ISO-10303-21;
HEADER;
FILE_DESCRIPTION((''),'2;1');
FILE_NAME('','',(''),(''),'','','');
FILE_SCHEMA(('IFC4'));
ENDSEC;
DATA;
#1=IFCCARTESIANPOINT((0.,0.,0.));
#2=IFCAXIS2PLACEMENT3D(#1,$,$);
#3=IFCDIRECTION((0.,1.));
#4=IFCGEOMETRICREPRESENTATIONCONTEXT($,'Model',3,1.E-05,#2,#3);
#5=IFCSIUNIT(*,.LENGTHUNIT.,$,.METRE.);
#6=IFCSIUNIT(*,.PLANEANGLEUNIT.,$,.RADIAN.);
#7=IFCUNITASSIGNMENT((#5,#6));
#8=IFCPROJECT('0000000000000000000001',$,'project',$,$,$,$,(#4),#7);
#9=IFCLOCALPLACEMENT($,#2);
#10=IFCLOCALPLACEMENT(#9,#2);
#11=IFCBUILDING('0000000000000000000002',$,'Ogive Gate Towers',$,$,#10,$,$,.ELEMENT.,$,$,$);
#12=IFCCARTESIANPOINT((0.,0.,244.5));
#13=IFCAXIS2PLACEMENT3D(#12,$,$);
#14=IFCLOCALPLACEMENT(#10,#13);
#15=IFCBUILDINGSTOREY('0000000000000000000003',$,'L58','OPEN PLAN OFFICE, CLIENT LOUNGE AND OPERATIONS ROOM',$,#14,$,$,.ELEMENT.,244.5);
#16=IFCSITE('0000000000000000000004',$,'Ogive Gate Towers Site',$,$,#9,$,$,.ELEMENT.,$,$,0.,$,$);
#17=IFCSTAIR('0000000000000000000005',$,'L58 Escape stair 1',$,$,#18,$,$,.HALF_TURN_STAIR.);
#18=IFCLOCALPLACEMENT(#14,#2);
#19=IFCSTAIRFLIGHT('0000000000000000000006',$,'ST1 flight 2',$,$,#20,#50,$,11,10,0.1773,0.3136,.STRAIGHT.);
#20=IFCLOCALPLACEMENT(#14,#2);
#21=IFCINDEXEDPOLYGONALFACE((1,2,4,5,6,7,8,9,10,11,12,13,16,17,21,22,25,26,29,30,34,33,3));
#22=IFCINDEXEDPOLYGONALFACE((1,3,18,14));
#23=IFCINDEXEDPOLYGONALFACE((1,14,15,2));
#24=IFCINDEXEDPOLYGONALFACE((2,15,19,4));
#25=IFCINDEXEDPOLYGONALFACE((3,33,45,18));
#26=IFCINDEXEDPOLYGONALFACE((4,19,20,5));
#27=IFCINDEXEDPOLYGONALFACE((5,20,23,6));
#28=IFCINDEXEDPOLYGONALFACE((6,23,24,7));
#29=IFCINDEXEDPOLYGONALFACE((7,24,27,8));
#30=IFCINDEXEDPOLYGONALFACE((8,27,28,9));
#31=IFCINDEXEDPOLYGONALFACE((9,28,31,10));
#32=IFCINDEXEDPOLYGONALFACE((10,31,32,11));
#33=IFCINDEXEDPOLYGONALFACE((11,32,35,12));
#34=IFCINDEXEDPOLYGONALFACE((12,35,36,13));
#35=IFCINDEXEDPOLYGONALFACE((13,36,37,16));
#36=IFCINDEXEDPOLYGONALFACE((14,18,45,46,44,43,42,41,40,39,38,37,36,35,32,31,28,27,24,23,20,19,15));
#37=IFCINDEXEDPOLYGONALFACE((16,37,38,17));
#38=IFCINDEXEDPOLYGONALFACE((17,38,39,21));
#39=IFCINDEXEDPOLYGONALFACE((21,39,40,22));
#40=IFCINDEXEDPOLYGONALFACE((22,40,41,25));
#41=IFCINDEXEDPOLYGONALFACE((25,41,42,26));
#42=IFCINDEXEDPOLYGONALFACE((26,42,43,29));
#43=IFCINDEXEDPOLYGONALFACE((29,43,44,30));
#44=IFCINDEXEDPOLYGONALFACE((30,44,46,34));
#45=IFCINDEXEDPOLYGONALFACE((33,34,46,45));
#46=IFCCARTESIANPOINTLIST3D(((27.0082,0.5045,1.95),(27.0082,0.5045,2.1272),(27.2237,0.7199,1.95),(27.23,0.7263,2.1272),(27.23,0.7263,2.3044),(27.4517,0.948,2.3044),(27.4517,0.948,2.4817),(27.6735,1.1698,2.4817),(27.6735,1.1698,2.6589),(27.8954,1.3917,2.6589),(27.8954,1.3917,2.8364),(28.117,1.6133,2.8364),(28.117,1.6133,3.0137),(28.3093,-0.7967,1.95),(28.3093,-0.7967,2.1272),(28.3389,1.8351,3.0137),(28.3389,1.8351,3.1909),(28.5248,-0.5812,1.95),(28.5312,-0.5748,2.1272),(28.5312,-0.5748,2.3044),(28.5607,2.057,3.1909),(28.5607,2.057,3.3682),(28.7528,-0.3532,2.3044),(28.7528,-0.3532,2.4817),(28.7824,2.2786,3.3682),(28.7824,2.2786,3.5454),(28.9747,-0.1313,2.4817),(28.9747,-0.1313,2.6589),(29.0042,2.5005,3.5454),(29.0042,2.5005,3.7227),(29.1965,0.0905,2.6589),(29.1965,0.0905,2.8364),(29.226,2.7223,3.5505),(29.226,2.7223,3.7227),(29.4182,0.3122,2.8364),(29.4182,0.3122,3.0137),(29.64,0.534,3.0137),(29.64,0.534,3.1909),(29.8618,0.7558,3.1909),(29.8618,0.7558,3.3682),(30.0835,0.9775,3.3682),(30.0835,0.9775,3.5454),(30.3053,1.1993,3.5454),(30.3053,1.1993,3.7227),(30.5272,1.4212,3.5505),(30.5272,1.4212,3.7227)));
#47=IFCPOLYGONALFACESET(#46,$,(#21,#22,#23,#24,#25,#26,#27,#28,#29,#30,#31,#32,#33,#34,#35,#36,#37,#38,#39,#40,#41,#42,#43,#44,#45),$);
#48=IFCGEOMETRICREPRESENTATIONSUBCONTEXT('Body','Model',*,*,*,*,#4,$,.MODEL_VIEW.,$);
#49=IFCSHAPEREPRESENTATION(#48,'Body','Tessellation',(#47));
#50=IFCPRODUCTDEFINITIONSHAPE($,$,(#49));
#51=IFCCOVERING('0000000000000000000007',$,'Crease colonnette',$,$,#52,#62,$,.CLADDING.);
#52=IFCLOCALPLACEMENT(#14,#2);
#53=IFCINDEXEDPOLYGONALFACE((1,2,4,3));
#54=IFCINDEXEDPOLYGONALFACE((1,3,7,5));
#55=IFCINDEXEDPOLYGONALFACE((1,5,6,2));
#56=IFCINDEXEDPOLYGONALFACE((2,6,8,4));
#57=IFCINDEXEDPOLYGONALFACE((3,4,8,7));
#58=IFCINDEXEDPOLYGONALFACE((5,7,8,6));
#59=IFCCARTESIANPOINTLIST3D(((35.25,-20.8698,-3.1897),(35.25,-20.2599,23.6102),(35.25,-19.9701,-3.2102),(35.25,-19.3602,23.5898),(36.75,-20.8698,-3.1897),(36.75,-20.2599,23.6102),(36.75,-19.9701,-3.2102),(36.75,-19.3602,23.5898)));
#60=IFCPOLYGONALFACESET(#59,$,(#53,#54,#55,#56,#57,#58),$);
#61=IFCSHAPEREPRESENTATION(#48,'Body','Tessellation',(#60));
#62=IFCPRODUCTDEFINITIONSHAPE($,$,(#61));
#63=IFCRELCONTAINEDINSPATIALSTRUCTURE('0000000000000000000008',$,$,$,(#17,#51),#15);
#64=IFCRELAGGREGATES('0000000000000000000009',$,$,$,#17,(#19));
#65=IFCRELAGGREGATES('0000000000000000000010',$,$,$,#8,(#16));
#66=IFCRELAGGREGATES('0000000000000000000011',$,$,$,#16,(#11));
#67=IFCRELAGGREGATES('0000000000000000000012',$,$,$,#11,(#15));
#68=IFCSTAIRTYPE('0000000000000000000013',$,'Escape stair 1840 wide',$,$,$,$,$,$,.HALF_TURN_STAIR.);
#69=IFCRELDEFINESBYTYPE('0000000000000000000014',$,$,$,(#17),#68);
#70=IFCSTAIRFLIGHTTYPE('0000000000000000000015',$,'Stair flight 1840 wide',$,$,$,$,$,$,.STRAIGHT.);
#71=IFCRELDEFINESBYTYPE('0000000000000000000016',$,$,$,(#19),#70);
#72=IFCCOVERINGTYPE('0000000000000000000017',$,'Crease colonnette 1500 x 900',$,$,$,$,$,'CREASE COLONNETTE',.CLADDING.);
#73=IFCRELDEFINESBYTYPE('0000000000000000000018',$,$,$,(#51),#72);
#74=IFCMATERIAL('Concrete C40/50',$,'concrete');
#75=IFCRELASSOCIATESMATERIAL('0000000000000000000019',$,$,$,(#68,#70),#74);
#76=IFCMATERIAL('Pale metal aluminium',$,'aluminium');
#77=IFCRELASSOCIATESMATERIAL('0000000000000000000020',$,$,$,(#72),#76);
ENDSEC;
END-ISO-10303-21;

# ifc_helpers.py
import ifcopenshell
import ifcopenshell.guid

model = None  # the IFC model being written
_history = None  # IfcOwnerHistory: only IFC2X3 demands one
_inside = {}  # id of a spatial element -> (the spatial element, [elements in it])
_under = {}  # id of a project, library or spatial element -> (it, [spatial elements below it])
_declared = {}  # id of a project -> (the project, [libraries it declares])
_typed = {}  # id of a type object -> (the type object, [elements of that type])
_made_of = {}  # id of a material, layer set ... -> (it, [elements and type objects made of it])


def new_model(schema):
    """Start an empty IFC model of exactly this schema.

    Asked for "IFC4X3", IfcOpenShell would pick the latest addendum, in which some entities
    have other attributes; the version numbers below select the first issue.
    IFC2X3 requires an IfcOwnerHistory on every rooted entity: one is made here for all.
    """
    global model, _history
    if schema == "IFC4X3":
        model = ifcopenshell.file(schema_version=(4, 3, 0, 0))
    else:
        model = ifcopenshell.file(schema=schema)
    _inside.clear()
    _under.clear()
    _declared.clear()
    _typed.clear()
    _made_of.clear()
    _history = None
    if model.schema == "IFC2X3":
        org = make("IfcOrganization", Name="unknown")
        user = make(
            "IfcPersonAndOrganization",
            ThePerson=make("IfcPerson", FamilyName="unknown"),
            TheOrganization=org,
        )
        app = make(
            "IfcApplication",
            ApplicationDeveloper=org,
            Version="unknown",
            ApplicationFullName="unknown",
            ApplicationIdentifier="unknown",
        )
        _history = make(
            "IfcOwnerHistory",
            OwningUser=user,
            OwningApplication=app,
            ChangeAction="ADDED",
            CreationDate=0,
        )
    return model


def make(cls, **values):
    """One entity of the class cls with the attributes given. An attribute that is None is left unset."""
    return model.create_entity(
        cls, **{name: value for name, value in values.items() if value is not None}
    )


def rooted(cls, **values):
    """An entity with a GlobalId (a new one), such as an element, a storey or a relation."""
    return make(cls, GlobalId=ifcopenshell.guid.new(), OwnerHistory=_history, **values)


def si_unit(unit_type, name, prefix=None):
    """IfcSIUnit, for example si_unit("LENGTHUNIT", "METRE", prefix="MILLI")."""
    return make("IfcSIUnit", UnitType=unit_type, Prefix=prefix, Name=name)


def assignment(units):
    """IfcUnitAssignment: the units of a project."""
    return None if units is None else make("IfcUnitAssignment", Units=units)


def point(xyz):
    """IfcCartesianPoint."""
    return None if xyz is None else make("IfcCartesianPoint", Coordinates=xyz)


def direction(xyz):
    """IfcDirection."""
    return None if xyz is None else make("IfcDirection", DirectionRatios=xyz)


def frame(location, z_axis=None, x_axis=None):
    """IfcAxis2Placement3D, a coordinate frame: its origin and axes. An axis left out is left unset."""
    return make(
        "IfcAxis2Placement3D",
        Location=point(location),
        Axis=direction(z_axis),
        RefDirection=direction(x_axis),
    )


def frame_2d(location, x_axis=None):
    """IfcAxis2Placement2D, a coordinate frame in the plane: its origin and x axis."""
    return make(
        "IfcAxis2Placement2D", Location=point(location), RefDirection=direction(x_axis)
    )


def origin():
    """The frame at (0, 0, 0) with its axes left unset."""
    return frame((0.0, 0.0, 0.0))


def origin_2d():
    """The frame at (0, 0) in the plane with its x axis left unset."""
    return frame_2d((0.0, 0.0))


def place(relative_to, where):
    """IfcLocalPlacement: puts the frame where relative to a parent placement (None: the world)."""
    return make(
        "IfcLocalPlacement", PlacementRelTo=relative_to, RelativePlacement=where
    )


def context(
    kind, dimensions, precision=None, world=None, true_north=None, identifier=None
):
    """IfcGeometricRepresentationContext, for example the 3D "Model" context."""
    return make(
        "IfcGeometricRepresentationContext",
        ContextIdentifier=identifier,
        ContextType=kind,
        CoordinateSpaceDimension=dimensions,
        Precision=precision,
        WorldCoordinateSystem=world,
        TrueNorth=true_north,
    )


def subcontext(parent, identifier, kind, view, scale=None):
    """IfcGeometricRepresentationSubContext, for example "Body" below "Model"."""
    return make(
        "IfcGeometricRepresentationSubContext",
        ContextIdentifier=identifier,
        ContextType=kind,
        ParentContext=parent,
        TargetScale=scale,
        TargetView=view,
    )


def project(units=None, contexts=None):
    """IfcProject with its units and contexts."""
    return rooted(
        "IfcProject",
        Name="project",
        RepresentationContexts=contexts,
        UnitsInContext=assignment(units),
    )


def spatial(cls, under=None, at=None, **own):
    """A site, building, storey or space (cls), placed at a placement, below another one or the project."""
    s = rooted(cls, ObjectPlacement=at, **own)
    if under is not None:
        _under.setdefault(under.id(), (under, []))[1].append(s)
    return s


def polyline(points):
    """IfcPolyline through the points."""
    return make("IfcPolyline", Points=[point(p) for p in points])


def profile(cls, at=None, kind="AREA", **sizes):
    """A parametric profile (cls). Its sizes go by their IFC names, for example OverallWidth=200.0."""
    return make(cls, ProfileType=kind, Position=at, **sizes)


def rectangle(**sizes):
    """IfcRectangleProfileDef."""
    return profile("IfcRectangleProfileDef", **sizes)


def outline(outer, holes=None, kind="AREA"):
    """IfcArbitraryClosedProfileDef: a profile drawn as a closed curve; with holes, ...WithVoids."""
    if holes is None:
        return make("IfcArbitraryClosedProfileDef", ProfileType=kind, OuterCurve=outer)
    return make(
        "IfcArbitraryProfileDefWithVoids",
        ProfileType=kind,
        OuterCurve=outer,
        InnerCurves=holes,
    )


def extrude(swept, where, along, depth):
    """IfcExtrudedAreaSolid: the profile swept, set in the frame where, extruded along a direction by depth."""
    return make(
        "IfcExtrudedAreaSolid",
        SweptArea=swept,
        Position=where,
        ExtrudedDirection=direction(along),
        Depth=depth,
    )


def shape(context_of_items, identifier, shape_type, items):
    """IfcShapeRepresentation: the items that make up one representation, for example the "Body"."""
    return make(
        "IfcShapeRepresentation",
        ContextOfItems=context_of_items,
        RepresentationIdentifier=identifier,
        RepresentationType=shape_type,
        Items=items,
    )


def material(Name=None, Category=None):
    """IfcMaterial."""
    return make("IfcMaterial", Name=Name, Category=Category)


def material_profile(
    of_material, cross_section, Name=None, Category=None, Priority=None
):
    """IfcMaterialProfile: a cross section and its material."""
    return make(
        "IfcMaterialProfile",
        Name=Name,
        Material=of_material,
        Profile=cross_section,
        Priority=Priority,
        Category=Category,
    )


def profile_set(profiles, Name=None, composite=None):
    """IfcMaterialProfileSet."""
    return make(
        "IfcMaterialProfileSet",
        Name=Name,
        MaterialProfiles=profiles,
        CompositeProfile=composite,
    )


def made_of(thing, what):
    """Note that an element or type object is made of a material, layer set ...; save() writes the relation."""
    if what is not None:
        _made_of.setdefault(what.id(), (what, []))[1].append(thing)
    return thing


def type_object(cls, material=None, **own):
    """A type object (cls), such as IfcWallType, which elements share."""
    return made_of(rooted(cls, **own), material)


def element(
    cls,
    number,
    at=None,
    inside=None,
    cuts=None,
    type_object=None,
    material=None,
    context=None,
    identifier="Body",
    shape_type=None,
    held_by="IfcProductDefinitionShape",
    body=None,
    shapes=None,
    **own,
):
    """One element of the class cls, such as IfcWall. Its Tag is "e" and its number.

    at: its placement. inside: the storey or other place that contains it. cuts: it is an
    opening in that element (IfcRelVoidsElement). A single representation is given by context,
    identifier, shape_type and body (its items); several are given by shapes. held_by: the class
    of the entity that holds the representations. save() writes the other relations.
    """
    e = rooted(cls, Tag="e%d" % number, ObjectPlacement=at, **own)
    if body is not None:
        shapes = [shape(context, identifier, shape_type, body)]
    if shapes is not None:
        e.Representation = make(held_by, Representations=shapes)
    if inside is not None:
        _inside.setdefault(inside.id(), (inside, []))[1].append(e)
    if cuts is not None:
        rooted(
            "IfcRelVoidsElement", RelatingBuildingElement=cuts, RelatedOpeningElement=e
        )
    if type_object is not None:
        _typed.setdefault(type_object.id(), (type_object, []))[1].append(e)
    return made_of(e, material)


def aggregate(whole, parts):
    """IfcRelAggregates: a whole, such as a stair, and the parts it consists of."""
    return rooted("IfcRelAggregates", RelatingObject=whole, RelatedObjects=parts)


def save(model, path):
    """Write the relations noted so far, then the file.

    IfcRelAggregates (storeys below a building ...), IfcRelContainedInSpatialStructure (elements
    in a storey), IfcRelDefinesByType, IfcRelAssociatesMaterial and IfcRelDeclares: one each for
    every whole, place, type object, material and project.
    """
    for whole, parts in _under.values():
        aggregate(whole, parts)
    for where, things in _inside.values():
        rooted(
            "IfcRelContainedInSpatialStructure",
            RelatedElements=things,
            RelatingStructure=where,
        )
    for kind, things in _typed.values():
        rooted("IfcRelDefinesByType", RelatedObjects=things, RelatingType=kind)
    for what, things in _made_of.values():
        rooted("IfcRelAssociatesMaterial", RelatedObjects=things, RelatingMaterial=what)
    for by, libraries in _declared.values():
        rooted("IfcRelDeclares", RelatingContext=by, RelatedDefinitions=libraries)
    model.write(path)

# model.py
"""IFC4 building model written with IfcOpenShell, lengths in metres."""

from ifc_helpers import new_model, si_unit, direction, frame, origin, origin_2d, place, context, subcontext, project, spatial, polyline, rectangle, outline, extrude, material, material_profile, profile_set, type_object, element, aggregate, save


model = new_model("IFC4")

# Units and contexts
model_context = context("Model", 3, precision=1e-05, world=origin(), true_north=direction((0.0, 1.0)))
body_context = subcontext(model_context, "Body", "Model", "MODEL_VIEW")
ifc_project = project(units=[si_unit("LENGTHUNIT", "METRE"), si_unit("PLANEANGLEUNIT", "RADIAN")], contexts=[model_context])

# Site, building, storey
site_placement = place(None, origin())
site = spatial("IfcSite", under=ifc_project, at=site_placement, Name="Ogive Gate Towers Site", CompositionType="ELEMENT", RefElevation=0.0)
building_placement = place(site_placement, origin())
building = spatial("IfcBuilding", under=site, at=building_placement, Name="Ogive Gate Towers", CompositionType="ELEMENT")
storey_placement = place(building_placement, frame((0.0, 0.0, 244.5)))
storey = spatial("IfcBuildingStorey", under=building, at=storey_placement, Name="L58", Description="OPEN PLAN OFFICE, CLIENT LOUNGE AND OPERATIONS ROOM", CompositionType="ELEMENT", Elevation=244.5)

# Stair, stair flight
ifc_material_1 = material(Name="Concrete C40/50", Category="concrete")
stair_type = type_object("IfcStairType", Name="Escape stair 1840 wide", PredefinedType="HALF_TURN_STAIR", material=ifc_material_1)
stair_placement = place(storey_placement, origin())
stair = element("IfcStair", 1, at=stair_placement, inside=storey, type_object=stair_type, Name="L58 Escape stair 1", PredefinedType="HALF_TURN_STAIR")
stair_flight_type = type_object("IfcStairFlightType", Name="Stair flight 1840 wide", PredefinedType="STRAIGHT", material=ifc_material_1)
stair_flight_placement = place(storey_placement, frame((27.6587, -0.146, 1.95), z_axis=(0.0, 0.0, 1.0), x_axis=(0.707107, 0.707107, 0.0)))
stair_flight = element("IfcStairFlight", 2, at=stair_flight_placement, type_object=stair_flight_type, Name="ST1 flight 2", NumberOfRisers=11, NumberOfTreads=10, PredefinedType="STRAIGHT", RiserHeight=0.1773, TreadLength=0.3136, context=body_context, shape_type="SweptSolid", body=[
    extrude(outline(polyline([(0.0, 0.0), (0.0, 0.1772), (0.3137, 0.1772), (0.3137, 0.3545), (0.6272, 0.3545), (0.6272, 0.5317), (0.9409, 0.5317), (0.9409, 0.709), (1.2546, 0.709), (1.2546, 0.8865), (1.5681, 0.8865), (1.5681, 1.0637), (1.8818, 1.0637), (1.8818, 1.241), (2.1956, 1.241), (2.1956, 1.4182), (2.509, 1.4182), (2.509, 1.5955), (2.8228, 1.5955), (2.8228, 1.7727), (3.1365, 1.7727), (3.1365, 1.95), (3.1365, 1.6006), (0.3047, 0.0), (0.0, 0.0)])), frame((0.0, 0.9199, 0.0), z_axis=(0.0, -1.0, 0.0), x_axis=(1.0, 0.0, 0.0)), (0.0, 0.0, 1.0), 1.8401),
])
aggregate(stair, [stair_flight])

# Covering
ifc_material_2 = material(Name="Pale metal aluminium", Category="aluminium")
ifc_material_profile_1 = material_profile(ifc_material_2, rectangle(XDim=1.5, YDim=0.8999, at=origin_2d()), Name="1500 x 900 pale metal aluminium")
ifc_profile_set_1 = profile_set([ifc_material_profile_1], Name="Pale metal aluminium")
covering_type = type_object("IfcCoveringType", Name="Crease colonnette 1500 x 900", ElementType="CREASE COLONNETTE", PredefinedType="CLADDING", material=ifc_profile_set_1)
covering_placement = place(storey_placement, frame((36.0, -20.4199, -3.2), z_axis=(0.0, 0.02275, 0.999741), x_axis=(-1.0, 0.0, 0.0)))
element("IfcCovering", 3, at=covering_placement, inside=storey, type_object=covering_type, Name="Crease colonnette", PredefinedType="CLADDING", context=body_context, shape_type="SweptSolid", body=[
    extrude(rectangle(XDim=1.5, YDim=0.8999, at=origin_2d()), origin(), (0.0, 0.0, 1.0), 26.8069),
])

save(model, "model.ifc")
